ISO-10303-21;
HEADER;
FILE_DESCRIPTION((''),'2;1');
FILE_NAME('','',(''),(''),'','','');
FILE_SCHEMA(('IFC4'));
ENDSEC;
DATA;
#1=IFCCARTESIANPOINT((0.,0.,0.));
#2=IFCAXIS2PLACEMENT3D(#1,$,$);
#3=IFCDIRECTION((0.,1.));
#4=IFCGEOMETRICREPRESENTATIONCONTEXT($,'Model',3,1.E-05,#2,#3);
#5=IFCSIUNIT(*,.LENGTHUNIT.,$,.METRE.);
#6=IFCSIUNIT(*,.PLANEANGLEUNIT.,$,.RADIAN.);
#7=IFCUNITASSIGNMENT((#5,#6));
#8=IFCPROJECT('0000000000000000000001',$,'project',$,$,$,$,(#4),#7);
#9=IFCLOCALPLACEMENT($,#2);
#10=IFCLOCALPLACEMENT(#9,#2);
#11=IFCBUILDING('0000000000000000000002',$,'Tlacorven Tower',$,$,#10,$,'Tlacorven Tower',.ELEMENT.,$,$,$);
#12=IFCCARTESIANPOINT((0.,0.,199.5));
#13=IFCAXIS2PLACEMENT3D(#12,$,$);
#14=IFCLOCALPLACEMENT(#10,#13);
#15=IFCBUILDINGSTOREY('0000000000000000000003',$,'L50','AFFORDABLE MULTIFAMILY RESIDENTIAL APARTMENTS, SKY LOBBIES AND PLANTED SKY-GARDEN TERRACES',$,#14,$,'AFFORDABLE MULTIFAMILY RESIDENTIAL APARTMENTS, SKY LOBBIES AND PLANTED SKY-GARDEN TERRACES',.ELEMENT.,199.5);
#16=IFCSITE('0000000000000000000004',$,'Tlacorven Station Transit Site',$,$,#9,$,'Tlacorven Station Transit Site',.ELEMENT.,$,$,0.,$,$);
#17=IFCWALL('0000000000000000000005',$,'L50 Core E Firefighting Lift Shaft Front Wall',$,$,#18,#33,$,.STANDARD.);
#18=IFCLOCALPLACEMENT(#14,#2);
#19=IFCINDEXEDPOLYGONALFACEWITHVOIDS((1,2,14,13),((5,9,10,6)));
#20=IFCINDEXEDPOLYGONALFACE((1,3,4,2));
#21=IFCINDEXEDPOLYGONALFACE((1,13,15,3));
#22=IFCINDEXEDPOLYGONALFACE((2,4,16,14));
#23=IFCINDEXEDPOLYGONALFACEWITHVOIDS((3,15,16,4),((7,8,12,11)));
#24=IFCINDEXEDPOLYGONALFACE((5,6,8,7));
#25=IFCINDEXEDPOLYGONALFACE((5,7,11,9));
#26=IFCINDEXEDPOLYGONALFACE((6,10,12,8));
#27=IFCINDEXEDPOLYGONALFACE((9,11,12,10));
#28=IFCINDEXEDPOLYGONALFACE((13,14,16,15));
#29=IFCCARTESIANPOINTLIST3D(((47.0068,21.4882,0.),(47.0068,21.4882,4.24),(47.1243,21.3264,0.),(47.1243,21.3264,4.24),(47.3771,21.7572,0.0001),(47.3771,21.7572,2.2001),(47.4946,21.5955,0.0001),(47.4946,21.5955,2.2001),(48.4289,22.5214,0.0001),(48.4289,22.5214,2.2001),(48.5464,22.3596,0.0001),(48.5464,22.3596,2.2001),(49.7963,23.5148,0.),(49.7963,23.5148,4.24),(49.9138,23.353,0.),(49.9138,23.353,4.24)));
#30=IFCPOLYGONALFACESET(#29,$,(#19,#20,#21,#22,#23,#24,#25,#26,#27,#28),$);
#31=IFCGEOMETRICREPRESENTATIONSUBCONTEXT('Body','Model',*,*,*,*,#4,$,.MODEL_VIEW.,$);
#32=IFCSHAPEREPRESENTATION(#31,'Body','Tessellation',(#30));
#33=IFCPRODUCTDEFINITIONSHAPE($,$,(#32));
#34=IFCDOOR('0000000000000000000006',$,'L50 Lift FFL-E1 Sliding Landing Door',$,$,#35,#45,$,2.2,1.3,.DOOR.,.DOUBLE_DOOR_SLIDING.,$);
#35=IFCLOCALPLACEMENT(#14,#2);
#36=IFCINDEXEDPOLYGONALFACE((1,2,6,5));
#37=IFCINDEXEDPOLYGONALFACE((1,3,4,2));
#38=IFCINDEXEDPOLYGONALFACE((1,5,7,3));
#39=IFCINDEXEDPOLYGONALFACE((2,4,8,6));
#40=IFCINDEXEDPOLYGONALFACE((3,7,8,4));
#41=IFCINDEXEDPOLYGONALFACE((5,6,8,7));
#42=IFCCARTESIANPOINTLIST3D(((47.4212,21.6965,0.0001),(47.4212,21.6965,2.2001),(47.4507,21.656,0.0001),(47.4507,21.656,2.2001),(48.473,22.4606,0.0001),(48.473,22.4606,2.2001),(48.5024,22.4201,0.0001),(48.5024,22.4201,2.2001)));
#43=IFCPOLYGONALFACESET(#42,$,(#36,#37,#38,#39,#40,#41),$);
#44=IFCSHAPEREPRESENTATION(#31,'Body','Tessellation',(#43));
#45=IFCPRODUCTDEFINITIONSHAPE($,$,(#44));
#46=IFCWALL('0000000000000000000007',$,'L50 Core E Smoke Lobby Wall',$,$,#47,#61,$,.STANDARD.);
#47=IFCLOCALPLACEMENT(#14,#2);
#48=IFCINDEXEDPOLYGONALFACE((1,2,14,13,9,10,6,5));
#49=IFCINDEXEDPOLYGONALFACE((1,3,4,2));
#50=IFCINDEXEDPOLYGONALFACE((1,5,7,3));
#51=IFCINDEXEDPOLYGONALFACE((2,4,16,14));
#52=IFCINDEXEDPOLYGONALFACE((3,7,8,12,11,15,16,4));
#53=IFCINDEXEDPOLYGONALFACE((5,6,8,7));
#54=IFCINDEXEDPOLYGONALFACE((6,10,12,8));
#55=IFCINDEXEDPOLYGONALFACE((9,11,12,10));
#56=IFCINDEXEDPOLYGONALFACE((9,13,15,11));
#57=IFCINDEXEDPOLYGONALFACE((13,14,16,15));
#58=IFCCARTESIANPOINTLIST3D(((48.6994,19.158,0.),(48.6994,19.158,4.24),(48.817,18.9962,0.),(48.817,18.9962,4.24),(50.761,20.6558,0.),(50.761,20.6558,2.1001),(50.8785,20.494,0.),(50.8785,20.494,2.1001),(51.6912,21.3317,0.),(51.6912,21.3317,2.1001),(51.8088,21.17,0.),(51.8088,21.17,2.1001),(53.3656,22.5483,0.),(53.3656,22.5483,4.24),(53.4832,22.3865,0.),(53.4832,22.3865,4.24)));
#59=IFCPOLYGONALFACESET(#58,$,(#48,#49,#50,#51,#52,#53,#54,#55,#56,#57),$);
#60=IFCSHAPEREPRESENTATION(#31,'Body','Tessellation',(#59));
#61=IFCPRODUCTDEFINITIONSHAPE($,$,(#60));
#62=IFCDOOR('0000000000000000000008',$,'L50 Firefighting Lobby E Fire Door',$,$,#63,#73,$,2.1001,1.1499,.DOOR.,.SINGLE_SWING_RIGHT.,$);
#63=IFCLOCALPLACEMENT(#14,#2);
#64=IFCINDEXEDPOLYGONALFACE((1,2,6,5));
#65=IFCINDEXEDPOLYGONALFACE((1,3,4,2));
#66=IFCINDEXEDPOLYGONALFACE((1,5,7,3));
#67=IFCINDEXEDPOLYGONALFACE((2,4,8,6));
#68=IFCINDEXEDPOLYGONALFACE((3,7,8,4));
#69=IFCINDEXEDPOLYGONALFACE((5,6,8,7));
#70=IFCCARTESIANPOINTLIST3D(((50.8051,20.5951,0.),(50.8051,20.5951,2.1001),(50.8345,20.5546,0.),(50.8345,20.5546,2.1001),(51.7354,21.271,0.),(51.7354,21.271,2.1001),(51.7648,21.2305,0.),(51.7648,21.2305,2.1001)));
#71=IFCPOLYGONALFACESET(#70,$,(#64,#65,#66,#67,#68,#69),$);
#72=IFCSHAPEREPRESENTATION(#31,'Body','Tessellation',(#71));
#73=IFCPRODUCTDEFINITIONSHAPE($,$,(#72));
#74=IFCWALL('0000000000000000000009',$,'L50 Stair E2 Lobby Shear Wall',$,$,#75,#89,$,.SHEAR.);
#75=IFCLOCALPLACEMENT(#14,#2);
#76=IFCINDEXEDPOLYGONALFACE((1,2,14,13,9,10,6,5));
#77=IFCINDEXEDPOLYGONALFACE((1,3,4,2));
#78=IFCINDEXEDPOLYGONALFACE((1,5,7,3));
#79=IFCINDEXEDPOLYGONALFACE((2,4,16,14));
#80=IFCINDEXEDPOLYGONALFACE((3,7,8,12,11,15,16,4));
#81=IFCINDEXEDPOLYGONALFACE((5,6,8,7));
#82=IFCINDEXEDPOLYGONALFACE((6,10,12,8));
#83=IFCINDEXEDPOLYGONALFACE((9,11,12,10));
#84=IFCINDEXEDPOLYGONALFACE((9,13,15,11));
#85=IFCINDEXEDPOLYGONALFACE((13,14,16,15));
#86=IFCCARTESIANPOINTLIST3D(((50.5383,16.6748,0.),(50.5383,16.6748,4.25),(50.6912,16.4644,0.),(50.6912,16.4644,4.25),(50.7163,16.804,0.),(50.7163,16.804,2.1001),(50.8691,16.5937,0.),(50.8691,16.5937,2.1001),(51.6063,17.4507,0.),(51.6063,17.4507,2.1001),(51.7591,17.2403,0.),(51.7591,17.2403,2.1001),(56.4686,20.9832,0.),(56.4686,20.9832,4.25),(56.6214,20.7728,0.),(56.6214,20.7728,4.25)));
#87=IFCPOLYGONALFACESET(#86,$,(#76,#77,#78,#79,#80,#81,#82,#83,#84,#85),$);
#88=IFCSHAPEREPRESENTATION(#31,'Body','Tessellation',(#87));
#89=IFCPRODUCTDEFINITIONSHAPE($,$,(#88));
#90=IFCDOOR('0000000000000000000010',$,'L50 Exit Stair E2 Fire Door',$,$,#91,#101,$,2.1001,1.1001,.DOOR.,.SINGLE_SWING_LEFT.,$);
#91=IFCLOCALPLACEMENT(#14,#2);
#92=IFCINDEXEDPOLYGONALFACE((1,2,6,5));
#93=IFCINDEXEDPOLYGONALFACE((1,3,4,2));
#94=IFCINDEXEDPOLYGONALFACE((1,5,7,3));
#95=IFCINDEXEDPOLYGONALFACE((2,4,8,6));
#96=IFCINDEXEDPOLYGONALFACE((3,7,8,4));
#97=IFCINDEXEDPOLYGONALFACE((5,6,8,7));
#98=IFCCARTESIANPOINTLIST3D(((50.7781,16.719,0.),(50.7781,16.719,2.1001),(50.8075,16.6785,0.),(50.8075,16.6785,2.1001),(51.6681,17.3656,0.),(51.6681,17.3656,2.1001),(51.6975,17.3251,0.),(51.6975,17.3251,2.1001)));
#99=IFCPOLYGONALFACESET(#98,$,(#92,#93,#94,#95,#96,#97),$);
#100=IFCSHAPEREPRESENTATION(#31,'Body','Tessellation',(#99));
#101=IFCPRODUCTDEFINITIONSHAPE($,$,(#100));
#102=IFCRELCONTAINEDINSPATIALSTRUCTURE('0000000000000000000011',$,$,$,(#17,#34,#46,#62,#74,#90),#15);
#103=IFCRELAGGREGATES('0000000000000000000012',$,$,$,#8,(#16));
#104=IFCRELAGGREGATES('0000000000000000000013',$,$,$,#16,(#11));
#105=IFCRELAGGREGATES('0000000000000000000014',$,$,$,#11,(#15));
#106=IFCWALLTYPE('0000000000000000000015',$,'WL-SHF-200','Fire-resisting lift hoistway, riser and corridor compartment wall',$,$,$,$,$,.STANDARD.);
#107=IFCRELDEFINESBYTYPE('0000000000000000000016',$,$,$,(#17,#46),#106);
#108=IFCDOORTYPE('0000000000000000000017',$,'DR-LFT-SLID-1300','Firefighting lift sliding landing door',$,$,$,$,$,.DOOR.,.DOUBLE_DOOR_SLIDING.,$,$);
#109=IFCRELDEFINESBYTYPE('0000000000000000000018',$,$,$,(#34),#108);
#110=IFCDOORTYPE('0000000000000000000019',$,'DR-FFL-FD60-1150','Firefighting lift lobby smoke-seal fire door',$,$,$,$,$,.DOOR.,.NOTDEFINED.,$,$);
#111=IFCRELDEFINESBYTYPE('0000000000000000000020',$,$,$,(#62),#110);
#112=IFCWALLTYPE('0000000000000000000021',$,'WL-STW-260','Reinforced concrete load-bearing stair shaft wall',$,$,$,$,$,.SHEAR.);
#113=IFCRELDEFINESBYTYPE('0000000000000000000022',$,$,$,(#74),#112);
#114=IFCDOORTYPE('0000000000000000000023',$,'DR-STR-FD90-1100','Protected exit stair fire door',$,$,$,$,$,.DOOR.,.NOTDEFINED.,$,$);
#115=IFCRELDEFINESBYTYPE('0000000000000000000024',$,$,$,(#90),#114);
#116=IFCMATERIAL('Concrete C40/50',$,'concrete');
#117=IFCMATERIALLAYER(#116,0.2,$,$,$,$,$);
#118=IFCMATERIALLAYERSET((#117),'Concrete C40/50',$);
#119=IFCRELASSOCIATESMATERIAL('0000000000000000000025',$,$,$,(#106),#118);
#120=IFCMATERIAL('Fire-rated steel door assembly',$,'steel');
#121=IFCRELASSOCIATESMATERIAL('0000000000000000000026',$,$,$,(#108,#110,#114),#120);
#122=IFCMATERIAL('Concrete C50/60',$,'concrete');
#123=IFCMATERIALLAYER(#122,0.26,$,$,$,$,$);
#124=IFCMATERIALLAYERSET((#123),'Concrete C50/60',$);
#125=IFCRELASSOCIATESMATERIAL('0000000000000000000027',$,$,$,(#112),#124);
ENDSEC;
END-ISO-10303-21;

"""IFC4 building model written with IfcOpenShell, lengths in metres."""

from ifc_helpers import new_model, si_unit, direction, frame, frame_2d, origin, place, context, subcontext, project, spatial, rectangle, extrude, source, transform, mapped, material, layer, layer_set, type_object, element, fill, save


model = new_model("IFC4")

# Units and contexts
model_context = context("Model", 3, precision=1e-05, world=origin(), true_north=direction((0.0, 1.0)))
body_context = subcontext(model_context, "Body", "Model", "MODEL_VIEW")
ifc_project = project(units=[si_unit("LENGTHUNIT", "METRE"), si_unit("PLANEANGLEUNIT", "RADIAN")], contexts=[model_context])

# Site, building, storey
site_placement = place(None, origin())
site = spatial("IfcSite", under=ifc_project, at=site_placement, Name="Tlacorven Station Transit Site", LongName="Tlacorven Station Transit Site", CompositionType="ELEMENT", RefElevation=0.0)
building_placement = place(site_placement, origin())
building = spatial("IfcBuilding", under=site, at=building_placement, Name="Tlacorven Tower", LongName="Tlacorven Tower", CompositionType="ELEMENT")
storey_placement = place(building_placement, frame((0.0, 0.0, 199.5)))
storey = spatial("IfcBuildingStorey", under=building, at=storey_placement, Name="L50", Description="AFFORDABLE MULTIFAMILY RESIDENTIAL APARTMENTS, SKY LOBBIES AND PLANTED SKY-GARDEN TERRACES", LongName="AFFORDABLE MULTIFAMILY RESIDENTIAL APARTMENTS, SKY LOBBIES AND PLANTED SKY-GARDEN TERRACES", CompositionType="ELEMENT", Elevation=199.5)

# Walls, openings, doors
ifc_material_1 = material(Name="Concrete C40/50", Category="concrete")
ifc_layer_1 = layer(ifc_material_1, 0.2)
ifc_layer_set_1 = layer_set([ifc_layer_1], Name="Concrete C40/50")
wall_type_1 = type_object("IfcWallType", Name="WL-SHF-200", Description="Fire-resisting lift hoistway, riser and corridor compartment wall", PredefinedType="STANDARD", material=ifc_layer_set_1)
wall_1_placement = place(storey_placement, frame((47.0654, 21.4072, 0.0), z_axis=(0.0, 0.0, 1.0), x_axis=(0.809033, 0.587763, 0.0)))
wall_1 = element("IfcWall", 1, at=wall_1_placement, inside=storey, type_object=wall_type_1, Name="L50 Core E Firefighting Lift Shaft Front Wall", PredefinedType="STANDARD", context=body_context, shape_type="SweptSolid", body=[
    extrude(rectangle(XDim=3.448, YDim=0.2, at=frame_2d((1.7241, 0.0))), origin(), (0.0, 0.0, 1.0), 4.24),
])
opening_1_placement = place(wall_1_placement, frame((0.458, 0.0, 0.0)))
opening_1 = element("IfcOpeningElement", 2, at=opening_1_placement, cuts=wall_1, PredefinedType="OPENING", context=body_context, shape_type="SweptSolid", body=[
    extrude(rectangle(XDim=1.3, YDim=2.2, at=frame_2d((0.6499, 1.1001))), frame((0.0, 0.1099, 0.0), z_axis=(0.0, -1.0, 0.0), x_axis=(1.0, 0.0, 0.0)), (0.0, 0.0, 1.0), 0.22),
])
ifc_material_2 = material(Name="Fire-rated steel door assembly", Category="steel")
door_type_1 = type_object("IfcDoorType", Name="DR-LFT-SLID-1300", Description="Firefighting lift sliding landing door", OperationType="DOUBLE_DOOR_SLIDING", PredefinedType="DOOR", material=ifc_material_2)
shared_shape_1 = source(origin(), body_context, "Body", "SweptSolid", [
    extrude(rectangle(XDim=1.3, YDim=2.2, at=frame_2d((0.6499, 1.1001))), frame((0.0, 0.0249, 0.0), z_axis=(0.0, -1.0, 0.0), x_axis=(1.0, 0.0, 0.0)), (0.0, 0.0, 1.0), 0.05),
])
door_1_placement = place(opening_1_placement, origin())
door_1 = element("IfcDoor", 3, at=door_1_placement, inside=storey, type_object=door_type_1, Name="L50 Lift FFL-E1 Sliding Landing Door", OperationType="DOUBLE_DOOR_SLIDING", OverallHeight=2.2, OverallWidth=1.3, PredefinedType="DOOR", context=body_context, shape_type="MappedRepresentation", body=[
    mapped(shared_shape_1, transform((0.0, 0.0, 0.0), scale=1.0)),
])
fill(opening_1, door_1)
wall_2_placement = place(storey_placement, frame((48.7583, 19.0771, 0.0), z_axis=(0.0, 0.0, 1.0), x_axis=(0.809005, 0.587802, 0.0)))
wall_2 = element("IfcWall", 4, at=wall_2_placement, inside=storey, type_object=wall_type_1, Name="L50 Core E Smoke Lobby Wall", PredefinedType="STANDARD", context=body_context, shape_type="SweptSolid", body=[
    extrude(rectangle(XDim=5.7678, YDim=0.2, at=frame_2d((2.8838, 0.0))), origin(), (0.0, 0.0, 1.0), 4.24),
])
opening_2_placement = place(wall_2_placement, frame((2.5481, 0.0, 0.0)))
opening_2 = element("IfcOpeningElement", 5, at=opening_2_placement, cuts=wall_2, PredefinedType="OPENING", context=body_context, shape_type="SweptSolid", body=[
    extrude(rectangle(XDim=1.1499, YDim=2.1001, at=frame_2d((0.575, 1.05))), frame((0.0, 0.1099, 0.0), z_axis=(0.0, -1.0, 0.0), x_axis=(1.0, 0.0, 0.0)), (0.0, 0.0, 1.0), 0.22),
])
door_type_2 = type_object("IfcDoorType", Name="DR-FFL-FD60-1150", Description="Firefighting lift lobby smoke-seal fire door", OperationType="NOTDEFINED", PredefinedType="DOOR", material=ifc_material_2)
shared_shape_2 = source(origin(), body_context, "Body", "SweptSolid", [
    extrude(rectangle(XDim=1.1499, YDim=2.1001, at=frame_2d((0.575, 1.05))), frame((0.0, 0.0249, 0.0), z_axis=(0.0, -1.0, 0.0), x_axis=(1.0, 0.0, 0.0)), (0.0, 0.0, 1.0), 0.05),
])
door_2_placement = place(opening_2_placement, origin())
door_2 = element("IfcDoor", 6, at=door_2_placement, inside=storey, type_object=door_type_2, Name="L50 Firefighting Lobby E Fire Door", OperationType="SINGLE_SWING_RIGHT", OverallHeight=2.1001, OverallWidth=1.1499, PredefinedType="DOOR", context=body_context, shape_type="MappedRepresentation", body=[
    mapped(shared_shape_2, transform((0.0, 0.0, 0.0), scale=1.0)),
])
fill(opening_2, door_2)
ifc_material_3 = material(Name="Concrete C50/60", Category="concrete")
ifc_layer_2 = layer(ifc_material_3, 0.26)
ifc_layer_set_2 = layer_set([ifc_layer_2], Name="Concrete C50/60")
wall_type_2 = type_object("IfcWallType", Name="WL-STW-260", Description="Reinforced concrete load-bearing stair shaft wall", PredefinedType="SHEAR", material=ifc_layer_set_2)
wall_3_placement = place(storey_placement, frame((50.6147, 16.5696, 0.0), z_axis=(0.0, 0.0, 1.0), x_axis=(0.809028, 0.58777, 0.0)))
wall_3 = element("IfcWall", 7, at=wall_3_placement, inside=storey, type_object=wall_type_2, Name="L50 Stair E2 Lobby Shear Wall", PredefinedType="SHEAR", context=body_context, shape_type="SweptSolid", body=[
    extrude(rectangle(XDim=7.3301, YDim=0.26, at=frame_2d((3.665, 0.0))), origin(), (0.0, 0.0, 1.0), 4.25),
])
opening_3_placement = place(wall_3_placement, frame((0.22, 0.0, 0.0)))
opening_3 = element("IfcOpeningElement", 8, at=opening_3_placement, cuts=wall_3, PredefinedType="OPENING", context=body_context, shape_type="SweptSolid", body=[
    extrude(rectangle(XDim=1.1001, YDim=2.1001, at=frame_2d((0.55, 1.05))), frame((0.0, 0.1401, 0.0), z_axis=(0.0, -1.0, 0.0), x_axis=(1.0, 0.0, 0.0)), (0.0, 0.0, 1.0), 0.28),
])
door_type_3 = type_object("IfcDoorType", Name="DR-STR-FD90-1100", Description="Protected exit stair fire door", OperationType="NOTDEFINED", PredefinedType="DOOR", material=ifc_material_2)
shared_shape_3 = source(origin(), body_context, "Body", "SweptSolid", [
    extrude(rectangle(XDim=1.1001, YDim=2.1001, at=frame_2d((0.55, 1.05))), frame((0.0, 0.0249, 0.0), z_axis=(0.0, -1.0, 0.0), x_axis=(1.0, 0.0, 0.0)), (0.0, 0.0, 1.0), 0.05),
])
door_3_placement = place(opening_3_placement, origin())
door_3 = element("IfcDoor", 9, at=door_3_placement, inside=storey, type_object=door_type_3, Name="L50 Exit Stair E2 Fire Door", OperationType="SINGLE_SWING_LEFT", OverallHeight=2.1001, OverallWidth=1.1001, PredefinedType="DOOR", context=body_context, shape_type="MappedRepresentation", body=[
    mapped(shared_shape_3, transform((0.0, 0.0, 0.0), scale=1.0)),
])
fill(opening_3, door_3)

save(model, "model.ifc")
